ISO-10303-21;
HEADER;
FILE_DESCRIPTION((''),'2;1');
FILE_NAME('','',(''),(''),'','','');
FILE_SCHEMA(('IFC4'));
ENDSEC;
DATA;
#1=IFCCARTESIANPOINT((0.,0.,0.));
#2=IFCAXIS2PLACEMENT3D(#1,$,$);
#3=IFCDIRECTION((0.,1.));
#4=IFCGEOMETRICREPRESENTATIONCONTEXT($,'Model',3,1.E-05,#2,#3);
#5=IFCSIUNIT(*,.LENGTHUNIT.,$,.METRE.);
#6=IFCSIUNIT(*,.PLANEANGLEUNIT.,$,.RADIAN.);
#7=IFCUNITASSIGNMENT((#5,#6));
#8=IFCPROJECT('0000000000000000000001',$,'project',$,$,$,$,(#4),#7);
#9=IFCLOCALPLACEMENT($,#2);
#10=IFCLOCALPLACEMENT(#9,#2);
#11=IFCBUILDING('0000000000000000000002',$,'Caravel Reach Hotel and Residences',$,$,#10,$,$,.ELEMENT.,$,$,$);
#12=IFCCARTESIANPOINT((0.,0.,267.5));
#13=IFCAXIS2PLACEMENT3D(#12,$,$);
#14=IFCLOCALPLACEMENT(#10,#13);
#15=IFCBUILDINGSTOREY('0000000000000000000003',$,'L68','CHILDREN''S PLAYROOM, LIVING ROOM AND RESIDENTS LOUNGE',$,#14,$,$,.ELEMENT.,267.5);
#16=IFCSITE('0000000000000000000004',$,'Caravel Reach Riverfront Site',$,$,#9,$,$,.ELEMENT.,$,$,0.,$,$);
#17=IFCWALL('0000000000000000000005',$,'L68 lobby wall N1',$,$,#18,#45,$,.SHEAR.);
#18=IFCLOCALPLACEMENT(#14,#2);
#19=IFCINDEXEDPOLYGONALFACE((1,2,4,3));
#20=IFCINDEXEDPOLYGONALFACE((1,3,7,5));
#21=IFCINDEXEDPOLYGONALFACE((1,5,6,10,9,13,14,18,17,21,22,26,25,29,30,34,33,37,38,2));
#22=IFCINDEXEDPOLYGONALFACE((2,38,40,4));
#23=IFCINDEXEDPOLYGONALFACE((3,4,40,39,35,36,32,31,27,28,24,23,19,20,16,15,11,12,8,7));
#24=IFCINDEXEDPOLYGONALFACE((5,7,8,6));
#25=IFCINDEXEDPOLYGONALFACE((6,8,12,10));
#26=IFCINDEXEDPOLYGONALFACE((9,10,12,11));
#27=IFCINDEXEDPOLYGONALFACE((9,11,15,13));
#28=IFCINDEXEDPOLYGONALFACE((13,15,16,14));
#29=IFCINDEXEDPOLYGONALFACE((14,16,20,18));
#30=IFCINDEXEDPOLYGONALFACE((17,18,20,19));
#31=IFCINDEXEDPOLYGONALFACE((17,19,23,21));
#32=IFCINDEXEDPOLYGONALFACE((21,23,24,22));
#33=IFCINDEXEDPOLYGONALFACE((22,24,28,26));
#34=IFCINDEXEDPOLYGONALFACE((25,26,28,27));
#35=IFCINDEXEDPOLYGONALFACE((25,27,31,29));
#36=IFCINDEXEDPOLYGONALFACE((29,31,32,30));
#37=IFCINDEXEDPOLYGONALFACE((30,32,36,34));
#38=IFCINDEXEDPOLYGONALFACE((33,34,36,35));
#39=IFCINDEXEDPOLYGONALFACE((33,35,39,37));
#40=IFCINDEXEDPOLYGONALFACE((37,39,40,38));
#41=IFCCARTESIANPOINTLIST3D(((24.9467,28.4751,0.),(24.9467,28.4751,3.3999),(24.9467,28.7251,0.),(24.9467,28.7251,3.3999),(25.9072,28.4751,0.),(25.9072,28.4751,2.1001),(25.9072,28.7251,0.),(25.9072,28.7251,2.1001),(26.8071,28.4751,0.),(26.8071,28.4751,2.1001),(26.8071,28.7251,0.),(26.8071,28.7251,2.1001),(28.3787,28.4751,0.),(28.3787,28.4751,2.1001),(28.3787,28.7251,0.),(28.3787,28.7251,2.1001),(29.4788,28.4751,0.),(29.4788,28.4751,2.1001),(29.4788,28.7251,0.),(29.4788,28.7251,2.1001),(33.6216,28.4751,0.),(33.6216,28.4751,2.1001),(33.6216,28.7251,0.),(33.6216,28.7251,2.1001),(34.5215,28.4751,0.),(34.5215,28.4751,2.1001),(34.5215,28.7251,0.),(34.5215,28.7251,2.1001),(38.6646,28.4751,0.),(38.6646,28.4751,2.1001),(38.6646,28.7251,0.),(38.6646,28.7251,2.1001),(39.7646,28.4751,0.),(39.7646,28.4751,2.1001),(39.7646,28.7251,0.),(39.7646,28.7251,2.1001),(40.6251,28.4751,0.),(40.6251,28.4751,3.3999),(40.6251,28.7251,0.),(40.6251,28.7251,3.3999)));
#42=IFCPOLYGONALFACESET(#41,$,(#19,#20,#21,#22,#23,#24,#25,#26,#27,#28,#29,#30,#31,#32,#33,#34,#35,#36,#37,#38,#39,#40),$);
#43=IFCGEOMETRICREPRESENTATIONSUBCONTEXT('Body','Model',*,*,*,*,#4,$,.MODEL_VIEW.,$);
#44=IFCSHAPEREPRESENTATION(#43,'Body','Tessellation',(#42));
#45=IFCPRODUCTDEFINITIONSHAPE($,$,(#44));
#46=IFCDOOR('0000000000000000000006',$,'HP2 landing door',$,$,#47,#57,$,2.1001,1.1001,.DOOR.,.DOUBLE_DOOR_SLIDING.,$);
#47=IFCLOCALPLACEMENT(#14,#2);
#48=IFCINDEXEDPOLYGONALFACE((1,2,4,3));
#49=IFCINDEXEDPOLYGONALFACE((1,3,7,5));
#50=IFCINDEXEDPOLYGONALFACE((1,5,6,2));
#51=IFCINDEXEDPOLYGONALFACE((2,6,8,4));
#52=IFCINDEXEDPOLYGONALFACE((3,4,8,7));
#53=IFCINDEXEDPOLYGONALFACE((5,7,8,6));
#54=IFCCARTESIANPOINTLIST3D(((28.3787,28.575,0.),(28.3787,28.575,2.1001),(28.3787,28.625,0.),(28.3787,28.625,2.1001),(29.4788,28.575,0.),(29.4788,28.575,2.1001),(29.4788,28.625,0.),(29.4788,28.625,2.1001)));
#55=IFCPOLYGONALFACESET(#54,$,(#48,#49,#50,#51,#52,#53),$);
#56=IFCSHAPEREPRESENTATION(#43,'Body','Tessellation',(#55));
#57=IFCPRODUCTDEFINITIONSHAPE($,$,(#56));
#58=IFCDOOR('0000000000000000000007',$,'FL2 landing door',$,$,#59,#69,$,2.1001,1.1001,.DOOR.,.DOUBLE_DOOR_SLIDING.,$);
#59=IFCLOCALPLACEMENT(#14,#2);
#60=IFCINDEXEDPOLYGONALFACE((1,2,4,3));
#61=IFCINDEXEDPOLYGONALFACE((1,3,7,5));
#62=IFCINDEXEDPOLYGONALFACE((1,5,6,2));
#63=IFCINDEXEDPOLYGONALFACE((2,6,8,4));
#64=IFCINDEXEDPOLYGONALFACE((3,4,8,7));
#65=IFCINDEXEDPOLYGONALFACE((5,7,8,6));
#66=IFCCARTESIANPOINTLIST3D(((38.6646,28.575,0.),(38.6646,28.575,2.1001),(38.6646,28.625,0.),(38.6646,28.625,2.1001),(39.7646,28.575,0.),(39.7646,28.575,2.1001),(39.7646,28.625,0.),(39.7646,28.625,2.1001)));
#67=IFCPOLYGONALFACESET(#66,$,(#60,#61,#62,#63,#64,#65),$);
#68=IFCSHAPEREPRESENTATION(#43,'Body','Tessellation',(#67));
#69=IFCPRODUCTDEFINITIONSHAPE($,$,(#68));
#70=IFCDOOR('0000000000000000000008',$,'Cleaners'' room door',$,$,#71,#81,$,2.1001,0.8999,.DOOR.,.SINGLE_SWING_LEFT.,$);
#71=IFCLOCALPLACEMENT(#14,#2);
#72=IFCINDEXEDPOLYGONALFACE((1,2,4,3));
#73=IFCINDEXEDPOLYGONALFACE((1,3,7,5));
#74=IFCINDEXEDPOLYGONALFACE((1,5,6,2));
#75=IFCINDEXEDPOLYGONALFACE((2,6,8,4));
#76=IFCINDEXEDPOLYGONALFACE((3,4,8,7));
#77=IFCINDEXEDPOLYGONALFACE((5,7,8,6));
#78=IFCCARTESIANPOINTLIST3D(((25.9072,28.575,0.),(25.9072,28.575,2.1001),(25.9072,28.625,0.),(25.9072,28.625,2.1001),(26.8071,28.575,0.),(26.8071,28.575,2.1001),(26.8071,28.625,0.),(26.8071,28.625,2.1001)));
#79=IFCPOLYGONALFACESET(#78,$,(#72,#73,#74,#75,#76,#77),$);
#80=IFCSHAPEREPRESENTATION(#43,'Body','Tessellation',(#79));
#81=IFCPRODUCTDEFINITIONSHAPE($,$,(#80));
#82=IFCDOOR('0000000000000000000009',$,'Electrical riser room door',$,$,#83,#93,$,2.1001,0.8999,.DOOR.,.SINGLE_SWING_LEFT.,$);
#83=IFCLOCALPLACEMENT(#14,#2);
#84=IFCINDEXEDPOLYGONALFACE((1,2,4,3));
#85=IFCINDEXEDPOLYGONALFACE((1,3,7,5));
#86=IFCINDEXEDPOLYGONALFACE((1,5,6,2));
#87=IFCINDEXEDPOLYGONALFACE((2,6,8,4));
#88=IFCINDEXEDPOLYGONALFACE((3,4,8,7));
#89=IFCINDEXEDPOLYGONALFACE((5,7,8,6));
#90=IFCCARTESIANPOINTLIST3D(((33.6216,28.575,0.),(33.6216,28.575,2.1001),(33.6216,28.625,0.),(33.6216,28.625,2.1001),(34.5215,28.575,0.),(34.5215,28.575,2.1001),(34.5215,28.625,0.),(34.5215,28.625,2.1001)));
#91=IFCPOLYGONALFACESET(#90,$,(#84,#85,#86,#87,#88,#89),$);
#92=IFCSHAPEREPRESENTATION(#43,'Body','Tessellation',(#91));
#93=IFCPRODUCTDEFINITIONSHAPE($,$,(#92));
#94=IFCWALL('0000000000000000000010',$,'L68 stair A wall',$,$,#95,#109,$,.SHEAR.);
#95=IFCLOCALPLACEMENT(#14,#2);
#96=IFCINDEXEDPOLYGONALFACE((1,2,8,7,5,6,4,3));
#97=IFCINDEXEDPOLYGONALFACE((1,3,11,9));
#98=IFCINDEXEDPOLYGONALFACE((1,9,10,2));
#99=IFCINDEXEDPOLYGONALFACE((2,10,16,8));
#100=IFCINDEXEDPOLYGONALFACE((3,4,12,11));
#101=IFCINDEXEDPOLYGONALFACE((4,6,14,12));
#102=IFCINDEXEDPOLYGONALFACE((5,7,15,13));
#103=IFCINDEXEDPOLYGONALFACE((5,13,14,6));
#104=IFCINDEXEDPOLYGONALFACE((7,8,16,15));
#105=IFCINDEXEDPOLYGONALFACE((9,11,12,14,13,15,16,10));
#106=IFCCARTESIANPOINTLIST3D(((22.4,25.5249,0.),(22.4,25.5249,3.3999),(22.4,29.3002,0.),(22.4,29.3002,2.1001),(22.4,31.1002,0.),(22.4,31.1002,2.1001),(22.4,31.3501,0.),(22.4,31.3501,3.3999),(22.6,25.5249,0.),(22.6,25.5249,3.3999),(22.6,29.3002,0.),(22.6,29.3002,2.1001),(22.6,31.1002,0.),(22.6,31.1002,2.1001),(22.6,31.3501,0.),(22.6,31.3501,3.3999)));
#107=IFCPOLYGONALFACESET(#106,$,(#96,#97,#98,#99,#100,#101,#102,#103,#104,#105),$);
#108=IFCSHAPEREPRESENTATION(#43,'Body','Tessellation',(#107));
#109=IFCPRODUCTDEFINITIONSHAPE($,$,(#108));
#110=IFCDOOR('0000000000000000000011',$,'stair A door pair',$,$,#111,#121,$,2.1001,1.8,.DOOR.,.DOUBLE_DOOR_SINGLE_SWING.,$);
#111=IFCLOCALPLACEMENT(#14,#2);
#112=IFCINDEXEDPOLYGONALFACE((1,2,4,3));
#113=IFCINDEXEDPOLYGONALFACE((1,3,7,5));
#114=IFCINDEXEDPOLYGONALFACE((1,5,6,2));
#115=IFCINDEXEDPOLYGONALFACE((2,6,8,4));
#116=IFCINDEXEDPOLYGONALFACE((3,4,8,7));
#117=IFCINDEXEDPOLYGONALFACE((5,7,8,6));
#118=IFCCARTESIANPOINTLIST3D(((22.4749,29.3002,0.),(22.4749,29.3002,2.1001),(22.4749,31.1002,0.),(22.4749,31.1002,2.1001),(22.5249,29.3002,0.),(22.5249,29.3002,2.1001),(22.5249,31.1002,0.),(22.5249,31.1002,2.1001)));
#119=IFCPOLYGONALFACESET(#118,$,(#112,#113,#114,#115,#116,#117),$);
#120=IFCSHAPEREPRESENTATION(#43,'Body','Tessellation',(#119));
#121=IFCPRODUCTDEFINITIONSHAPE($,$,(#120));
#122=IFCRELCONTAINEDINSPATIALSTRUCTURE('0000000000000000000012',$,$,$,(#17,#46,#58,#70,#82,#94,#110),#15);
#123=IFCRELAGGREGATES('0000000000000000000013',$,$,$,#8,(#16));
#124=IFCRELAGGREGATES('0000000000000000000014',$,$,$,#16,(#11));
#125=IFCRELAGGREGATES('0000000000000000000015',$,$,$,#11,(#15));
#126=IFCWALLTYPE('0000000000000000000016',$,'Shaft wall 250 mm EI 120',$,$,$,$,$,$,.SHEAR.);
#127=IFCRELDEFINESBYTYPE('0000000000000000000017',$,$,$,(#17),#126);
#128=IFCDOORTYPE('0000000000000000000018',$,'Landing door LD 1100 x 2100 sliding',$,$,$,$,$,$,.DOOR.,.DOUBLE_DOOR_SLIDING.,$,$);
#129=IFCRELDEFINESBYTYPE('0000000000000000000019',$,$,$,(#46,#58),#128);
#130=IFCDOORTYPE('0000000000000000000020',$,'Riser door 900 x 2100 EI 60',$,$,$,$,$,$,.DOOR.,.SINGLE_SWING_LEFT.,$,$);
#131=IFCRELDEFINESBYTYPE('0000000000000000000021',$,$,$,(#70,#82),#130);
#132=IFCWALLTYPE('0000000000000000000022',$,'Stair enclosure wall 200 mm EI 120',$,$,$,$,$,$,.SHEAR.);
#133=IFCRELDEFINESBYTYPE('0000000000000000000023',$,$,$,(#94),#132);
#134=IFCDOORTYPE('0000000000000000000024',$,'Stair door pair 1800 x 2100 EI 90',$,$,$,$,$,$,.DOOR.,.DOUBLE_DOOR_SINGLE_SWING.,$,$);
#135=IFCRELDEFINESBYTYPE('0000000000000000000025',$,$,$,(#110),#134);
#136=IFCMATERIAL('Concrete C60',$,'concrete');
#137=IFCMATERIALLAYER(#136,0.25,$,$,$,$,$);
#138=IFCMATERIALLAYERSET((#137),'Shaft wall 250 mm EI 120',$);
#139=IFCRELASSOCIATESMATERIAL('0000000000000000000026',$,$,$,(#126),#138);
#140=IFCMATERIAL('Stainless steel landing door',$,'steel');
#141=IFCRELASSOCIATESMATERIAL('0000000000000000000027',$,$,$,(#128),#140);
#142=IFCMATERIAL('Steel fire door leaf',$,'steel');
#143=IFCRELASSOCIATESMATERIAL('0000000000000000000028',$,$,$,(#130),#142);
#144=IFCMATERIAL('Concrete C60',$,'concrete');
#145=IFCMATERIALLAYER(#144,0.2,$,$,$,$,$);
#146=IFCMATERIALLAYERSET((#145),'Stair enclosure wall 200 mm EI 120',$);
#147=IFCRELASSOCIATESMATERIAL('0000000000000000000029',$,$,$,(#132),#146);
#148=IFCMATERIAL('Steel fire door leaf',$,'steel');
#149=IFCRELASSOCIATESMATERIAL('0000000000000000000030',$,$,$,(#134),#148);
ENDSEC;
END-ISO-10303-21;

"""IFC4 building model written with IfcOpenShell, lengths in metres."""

from ifc_helpers import new_model, si_unit, direction, frame, frame_2d, origin, place, context, subcontext, project, spatial, rectangle, extrude, material, layer, layer_set, type_object, element, fill, save


model = new_model("IFC4")

# Units and contexts
model_context = context("Model", 3, precision=1e-05, world=origin(), true_north=direction((0.0, 1.0)))
body_context = subcontext(model_context, "Body", "Model", "MODEL_VIEW")
ifc_project = project(units=[si_unit("LENGTHUNIT", "METRE"), si_unit("PLANEANGLEUNIT", "RADIAN")], contexts=[model_context])

# Site, building, storey
site_placement = place(None, origin())
site = spatial("IfcSite", under=ifc_project, at=site_placement, Name="Caravel Reach Riverfront Site", CompositionType="ELEMENT", RefElevation=0.0)
building_placement = place(site_placement, origin())
building = spatial("IfcBuilding", under=site, at=building_placement, Name="Caravel Reach Hotel and Residences", CompositionType="ELEMENT")
storey_placement = place(building_placement, frame((0.0, 0.0, 267.5)))
storey = spatial("IfcBuildingStorey", under=building, at=storey_placement, Name="L68", Description="CHILDREN'S PLAYROOM, LIVING ROOM AND RESIDENTS LOUNGE", CompositionType="ELEMENT", Elevation=267.5)

# Wall, openings, doors
ifc_material_1 = material(Name="Concrete C60", Category="concrete")
ifc_layer_1 = layer(ifc_material_1, 0.25)
ifc_layer_set_1 = layer_set([ifc_layer_1], Name="Shaft wall 250 mm EI 120")
wall_type_1 = type_object("IfcWallType", Name="Shaft wall 250 mm EI 120", PredefinedType="SHEAR", material=ifc_layer_set_1)
wall_1_placement = place(storey_placement, frame((24.9465, 28.6001, 0.0), z_axis=(0.0, 0.0, 1.0), x_axis=(1.0, 0.0, 0.0)))
wall_1 = element("IfcWall", 1, at=wall_1_placement, inside=storey, type_object=wall_type_1, Name="L68 lobby wall N1", PredefinedType="SHEAR", context=body_context, shape_type="SweptSolid", body=[
    extrude(rectangle(XDim=15.6785, YDim=0.25, at=frame_2d((7.8394, 0.0))), origin(), (0.0, 0.0, 1.0), 3.3999),
])
opening_1_placement = place(wall_1_placement, frame((3.4321, 0.0, 0.0)))
opening_1 = element("IfcOpeningElement", 2, at=opening_1_placement, cuts=wall_1, PredefinedType="OPENING", context=body_context, shape_type="SweptSolid", body=[
    extrude(rectangle(XDim=1.1001, YDim=2.1001, at=frame_2d((0.55, 1.05))), frame((0.0, 0.135, 0.0), z_axis=(0.0, -1.0, 0.0), x_axis=(1.0, 0.0, 0.0)), (0.0, 0.0, 1.0), 0.27),
])
opening_2_placement = place(wall_1_placement, frame((13.718, 0.0, 0.0)))
opening_2 = element("IfcOpeningElement", 3, at=opening_2_placement, cuts=wall_1, PredefinedType="OPENING", context=body_context, shape_type="SweptSolid", body=[
    extrude(rectangle(XDim=1.1001, YDim=2.1001, at=frame_2d((0.55, 1.05))), frame((0.0, 0.135, 0.0), z_axis=(0.0, -1.0, 0.0), x_axis=(1.0, 0.0, 0.0)), (0.0, 0.0, 1.0), 0.27),
])
opening_3_placement = place(wall_1_placement, frame((0.9607, 0.0, 0.0)))
opening_3 = element("IfcOpeningElement", 4, at=opening_3_placement, cuts=wall_1, PredefinedType="OPENING", context=body_context, shape_type="SweptSolid", body=[
    extrude(rectangle(XDim=0.8999, YDim=2.1001, at=frame_2d((0.45, 1.05))), frame((0.0, 0.135, 0.0), z_axis=(0.0, -1.0, 0.0), x_axis=(1.0, 0.0, 0.0)), (0.0, 0.0, 1.0), 0.27),
])
opening_4_placement = place(wall_1_placement, frame((8.675, 0.0, 0.0)))
opening_4 = element("IfcOpeningElement", 5, at=opening_4_placement, cuts=wall_1, PredefinedType="OPENING", context=body_context, shape_type="SweptSolid", body=[
    extrude(rectangle(XDim=0.8999, YDim=2.1001, at=frame_2d((0.45, 1.05))), frame((0.0, 0.135, 0.0), z_axis=(0.0, -1.0, 0.0), x_axis=(1.0, 0.0, 0.0)), (0.0, 0.0, 1.0), 0.27),
])
ifc_material_2 = material(Name="Stainless steel landing door", Category="steel")
door_type_1 = type_object("IfcDoorType", Name="Landing door LD 1100 x 2100 sliding", OperationType="DOUBLE_DOOR_SLIDING", PredefinedType="DOOR", material=ifc_material_2)
door_1_placement = place(opening_1_placement, origin())
door_1 = element("IfcDoor", 6, at=door_1_placement, inside=storey, type_object=door_type_1, Name="HP2 landing door", OperationType="DOUBLE_DOOR_SLIDING", OverallHeight=2.1001, OverallWidth=1.1001, PredefinedType="DOOR", context=body_context, shape_type="SweptSolid", body=[
    extrude(rectangle(XDim=1.1001, YDim=2.1001, at=frame_2d((0.55, 1.05))), frame((0.0, 0.0249, 0.0), z_axis=(0.0, -1.0, 0.0), x_axis=(1.0, 0.0, 0.0)), (0.0, 0.0, 1.0), 0.05),
])
fill(opening_1, door_1)
door_2_placement = place(opening_2_placement, origin())
door_2 = element("IfcDoor", 7, at=door_2_placement, inside=storey, type_object=door_type_1, Name="FL2 landing door", OperationType="DOUBLE_DOOR_SLIDING", OverallHeight=2.1001, OverallWidth=1.1001, PredefinedType="DOOR", context=body_context, shape_type="SweptSolid", body=[
    extrude(rectangle(XDim=1.1001, YDim=2.1001, at=frame_2d((0.55, 1.05))), frame((0.0, 0.0249, 0.0), z_axis=(0.0, -1.0, 0.0), x_axis=(1.0, 0.0, 0.0)), (0.0, 0.0, 1.0), 0.05),
])
fill(opening_2, door_2)
ifc_material_3 = material(Name="Steel fire door leaf", Category="steel")
door_type_2 = type_object("IfcDoorType", Name="Riser door 900 x 2100 EI 60", OperationType="SINGLE_SWING_LEFT", PredefinedType="DOOR", material=ifc_material_3)
door_3_placement = place(opening_3_placement, origin())
door_3 = element("IfcDoor", 8, at=door_3_placement, inside=storey, type_object=door_type_2, Name="Cleaners' room door", OperationType="SINGLE_SWING_LEFT", OverallHeight=2.1001, OverallWidth=0.8999, PredefinedType="DOOR", context=body_context, shape_type="SweptSolid", body=[
    extrude(rectangle(XDim=0.8999, YDim=2.1001, at=frame_2d((0.45, 1.05))), frame((0.0, 0.0249, 0.0), z_axis=(0.0, -1.0, 0.0), x_axis=(1.0, 0.0, 0.0)), (0.0, 0.0, 1.0), 0.05),
])
fill(opening_3, door_3)
door_4_placement = place(opening_4_placement, origin())
door_4 = element("IfcDoor", 9, at=door_4_placement, inside=storey, type_object=door_type_2, Name="Electrical riser room door", OperationType="SINGLE_SWING_LEFT", OverallHeight=2.1001, OverallWidth=0.8999, PredefinedType="DOOR", context=body_context, shape_type="SweptSolid", body=[
    extrude(rectangle(XDim=0.8999, YDim=2.1001, at=frame_2d((0.45, 1.05))), frame((0.0, 0.0249, 0.0), z_axis=(0.0, -1.0, 0.0), x_axis=(1.0, 0.0, 0.0)), (0.0, 0.0, 1.0), 0.05),
])
fill(opening_4, door_4)

# Wall, opening, door
ifc_material_4 = material(Name="Concrete C60", Category="concrete")
ifc_layer_2 = layer(ifc_material_4, 0.2)
ifc_layer_set_2 = layer_set([ifc_layer_2], Name="Stair enclosure wall 200 mm EI 120")
wall_type_2 = type_object("IfcWallType", Name="Stair enclosure wall 200 mm EI 120", PredefinedType="SHEAR", material=ifc_layer_set_2)
wall_2_placement = place(storey_placement, frame((22.5, 31.3501, 0.0), z_axis=(0.0, 0.0, 1.0), x_axis=(0.0, -1.0, 0.0)))
wall_2 = element("IfcWall", 10, at=wall_2_placement, inside=storey, type_object=wall_type_2, Name="L68 stair A wall", PredefinedType="SHEAR", context=body_context, shape_type="SweptSolid", body=[
    extrude(rectangle(XDim=5.8252, YDim=0.2, at=frame_2d((2.9126, 0.0))), origin(), (0.0, 0.0, 1.0), 3.3999),
])
opening_5_placement = place(wall_2_placement, frame((0.25, 0.0, 0.0)))
opening_5 = element("IfcOpeningElement", 11, at=opening_5_placement, cuts=wall_2, PredefinedType="OPENING", context=body_context, shape_type="SweptSolid", body=[
    extrude(rectangle(XDim=1.8, YDim=2.1001, at=frame_2d((0.8999, 1.05))), frame((0.0, 0.1099, 0.0), z_axis=(0.0, -1.0, 0.0), x_axis=(1.0, 0.0, 0.0)), (0.0, 0.0, 1.0), 0.22),
])
ifc_material_5 = material(Name="Steel fire door leaf", Category="steel")
door_type_3 = type_object("IfcDoorType", Name="Stair door pair 1800 x 2100 EI 90", OperationType="DOUBLE_DOOR_SINGLE_SWING", PredefinedType="DOOR", material=ifc_material_5)
door_5_placement = place(opening_5_placement, origin())
door_5 = element("IfcDoor", 12, at=door_5_placement, inside=storey, type_object=door_type_3, Name="stair A door pair", OperationType="DOUBLE_DOOR_SINGLE_SWING", OverallHeight=2.1001, OverallWidth=1.8, PredefinedType="DOOR", context=body_context, shape_type="SweptSolid", body=[
    extrude(rectangle(XDim=1.8, YDim=2.1001, at=frame_2d((0.8999, 1.05))), frame((0.0, 0.0249, 0.0), z_axis=(0.0, -1.0, 0.0), x_axis=(1.0, 0.0, 0.0)), (0.0, 0.0, 1.0), 0.05),
])
fill(opening_5, door_5)

save(model, "model.ifc")
